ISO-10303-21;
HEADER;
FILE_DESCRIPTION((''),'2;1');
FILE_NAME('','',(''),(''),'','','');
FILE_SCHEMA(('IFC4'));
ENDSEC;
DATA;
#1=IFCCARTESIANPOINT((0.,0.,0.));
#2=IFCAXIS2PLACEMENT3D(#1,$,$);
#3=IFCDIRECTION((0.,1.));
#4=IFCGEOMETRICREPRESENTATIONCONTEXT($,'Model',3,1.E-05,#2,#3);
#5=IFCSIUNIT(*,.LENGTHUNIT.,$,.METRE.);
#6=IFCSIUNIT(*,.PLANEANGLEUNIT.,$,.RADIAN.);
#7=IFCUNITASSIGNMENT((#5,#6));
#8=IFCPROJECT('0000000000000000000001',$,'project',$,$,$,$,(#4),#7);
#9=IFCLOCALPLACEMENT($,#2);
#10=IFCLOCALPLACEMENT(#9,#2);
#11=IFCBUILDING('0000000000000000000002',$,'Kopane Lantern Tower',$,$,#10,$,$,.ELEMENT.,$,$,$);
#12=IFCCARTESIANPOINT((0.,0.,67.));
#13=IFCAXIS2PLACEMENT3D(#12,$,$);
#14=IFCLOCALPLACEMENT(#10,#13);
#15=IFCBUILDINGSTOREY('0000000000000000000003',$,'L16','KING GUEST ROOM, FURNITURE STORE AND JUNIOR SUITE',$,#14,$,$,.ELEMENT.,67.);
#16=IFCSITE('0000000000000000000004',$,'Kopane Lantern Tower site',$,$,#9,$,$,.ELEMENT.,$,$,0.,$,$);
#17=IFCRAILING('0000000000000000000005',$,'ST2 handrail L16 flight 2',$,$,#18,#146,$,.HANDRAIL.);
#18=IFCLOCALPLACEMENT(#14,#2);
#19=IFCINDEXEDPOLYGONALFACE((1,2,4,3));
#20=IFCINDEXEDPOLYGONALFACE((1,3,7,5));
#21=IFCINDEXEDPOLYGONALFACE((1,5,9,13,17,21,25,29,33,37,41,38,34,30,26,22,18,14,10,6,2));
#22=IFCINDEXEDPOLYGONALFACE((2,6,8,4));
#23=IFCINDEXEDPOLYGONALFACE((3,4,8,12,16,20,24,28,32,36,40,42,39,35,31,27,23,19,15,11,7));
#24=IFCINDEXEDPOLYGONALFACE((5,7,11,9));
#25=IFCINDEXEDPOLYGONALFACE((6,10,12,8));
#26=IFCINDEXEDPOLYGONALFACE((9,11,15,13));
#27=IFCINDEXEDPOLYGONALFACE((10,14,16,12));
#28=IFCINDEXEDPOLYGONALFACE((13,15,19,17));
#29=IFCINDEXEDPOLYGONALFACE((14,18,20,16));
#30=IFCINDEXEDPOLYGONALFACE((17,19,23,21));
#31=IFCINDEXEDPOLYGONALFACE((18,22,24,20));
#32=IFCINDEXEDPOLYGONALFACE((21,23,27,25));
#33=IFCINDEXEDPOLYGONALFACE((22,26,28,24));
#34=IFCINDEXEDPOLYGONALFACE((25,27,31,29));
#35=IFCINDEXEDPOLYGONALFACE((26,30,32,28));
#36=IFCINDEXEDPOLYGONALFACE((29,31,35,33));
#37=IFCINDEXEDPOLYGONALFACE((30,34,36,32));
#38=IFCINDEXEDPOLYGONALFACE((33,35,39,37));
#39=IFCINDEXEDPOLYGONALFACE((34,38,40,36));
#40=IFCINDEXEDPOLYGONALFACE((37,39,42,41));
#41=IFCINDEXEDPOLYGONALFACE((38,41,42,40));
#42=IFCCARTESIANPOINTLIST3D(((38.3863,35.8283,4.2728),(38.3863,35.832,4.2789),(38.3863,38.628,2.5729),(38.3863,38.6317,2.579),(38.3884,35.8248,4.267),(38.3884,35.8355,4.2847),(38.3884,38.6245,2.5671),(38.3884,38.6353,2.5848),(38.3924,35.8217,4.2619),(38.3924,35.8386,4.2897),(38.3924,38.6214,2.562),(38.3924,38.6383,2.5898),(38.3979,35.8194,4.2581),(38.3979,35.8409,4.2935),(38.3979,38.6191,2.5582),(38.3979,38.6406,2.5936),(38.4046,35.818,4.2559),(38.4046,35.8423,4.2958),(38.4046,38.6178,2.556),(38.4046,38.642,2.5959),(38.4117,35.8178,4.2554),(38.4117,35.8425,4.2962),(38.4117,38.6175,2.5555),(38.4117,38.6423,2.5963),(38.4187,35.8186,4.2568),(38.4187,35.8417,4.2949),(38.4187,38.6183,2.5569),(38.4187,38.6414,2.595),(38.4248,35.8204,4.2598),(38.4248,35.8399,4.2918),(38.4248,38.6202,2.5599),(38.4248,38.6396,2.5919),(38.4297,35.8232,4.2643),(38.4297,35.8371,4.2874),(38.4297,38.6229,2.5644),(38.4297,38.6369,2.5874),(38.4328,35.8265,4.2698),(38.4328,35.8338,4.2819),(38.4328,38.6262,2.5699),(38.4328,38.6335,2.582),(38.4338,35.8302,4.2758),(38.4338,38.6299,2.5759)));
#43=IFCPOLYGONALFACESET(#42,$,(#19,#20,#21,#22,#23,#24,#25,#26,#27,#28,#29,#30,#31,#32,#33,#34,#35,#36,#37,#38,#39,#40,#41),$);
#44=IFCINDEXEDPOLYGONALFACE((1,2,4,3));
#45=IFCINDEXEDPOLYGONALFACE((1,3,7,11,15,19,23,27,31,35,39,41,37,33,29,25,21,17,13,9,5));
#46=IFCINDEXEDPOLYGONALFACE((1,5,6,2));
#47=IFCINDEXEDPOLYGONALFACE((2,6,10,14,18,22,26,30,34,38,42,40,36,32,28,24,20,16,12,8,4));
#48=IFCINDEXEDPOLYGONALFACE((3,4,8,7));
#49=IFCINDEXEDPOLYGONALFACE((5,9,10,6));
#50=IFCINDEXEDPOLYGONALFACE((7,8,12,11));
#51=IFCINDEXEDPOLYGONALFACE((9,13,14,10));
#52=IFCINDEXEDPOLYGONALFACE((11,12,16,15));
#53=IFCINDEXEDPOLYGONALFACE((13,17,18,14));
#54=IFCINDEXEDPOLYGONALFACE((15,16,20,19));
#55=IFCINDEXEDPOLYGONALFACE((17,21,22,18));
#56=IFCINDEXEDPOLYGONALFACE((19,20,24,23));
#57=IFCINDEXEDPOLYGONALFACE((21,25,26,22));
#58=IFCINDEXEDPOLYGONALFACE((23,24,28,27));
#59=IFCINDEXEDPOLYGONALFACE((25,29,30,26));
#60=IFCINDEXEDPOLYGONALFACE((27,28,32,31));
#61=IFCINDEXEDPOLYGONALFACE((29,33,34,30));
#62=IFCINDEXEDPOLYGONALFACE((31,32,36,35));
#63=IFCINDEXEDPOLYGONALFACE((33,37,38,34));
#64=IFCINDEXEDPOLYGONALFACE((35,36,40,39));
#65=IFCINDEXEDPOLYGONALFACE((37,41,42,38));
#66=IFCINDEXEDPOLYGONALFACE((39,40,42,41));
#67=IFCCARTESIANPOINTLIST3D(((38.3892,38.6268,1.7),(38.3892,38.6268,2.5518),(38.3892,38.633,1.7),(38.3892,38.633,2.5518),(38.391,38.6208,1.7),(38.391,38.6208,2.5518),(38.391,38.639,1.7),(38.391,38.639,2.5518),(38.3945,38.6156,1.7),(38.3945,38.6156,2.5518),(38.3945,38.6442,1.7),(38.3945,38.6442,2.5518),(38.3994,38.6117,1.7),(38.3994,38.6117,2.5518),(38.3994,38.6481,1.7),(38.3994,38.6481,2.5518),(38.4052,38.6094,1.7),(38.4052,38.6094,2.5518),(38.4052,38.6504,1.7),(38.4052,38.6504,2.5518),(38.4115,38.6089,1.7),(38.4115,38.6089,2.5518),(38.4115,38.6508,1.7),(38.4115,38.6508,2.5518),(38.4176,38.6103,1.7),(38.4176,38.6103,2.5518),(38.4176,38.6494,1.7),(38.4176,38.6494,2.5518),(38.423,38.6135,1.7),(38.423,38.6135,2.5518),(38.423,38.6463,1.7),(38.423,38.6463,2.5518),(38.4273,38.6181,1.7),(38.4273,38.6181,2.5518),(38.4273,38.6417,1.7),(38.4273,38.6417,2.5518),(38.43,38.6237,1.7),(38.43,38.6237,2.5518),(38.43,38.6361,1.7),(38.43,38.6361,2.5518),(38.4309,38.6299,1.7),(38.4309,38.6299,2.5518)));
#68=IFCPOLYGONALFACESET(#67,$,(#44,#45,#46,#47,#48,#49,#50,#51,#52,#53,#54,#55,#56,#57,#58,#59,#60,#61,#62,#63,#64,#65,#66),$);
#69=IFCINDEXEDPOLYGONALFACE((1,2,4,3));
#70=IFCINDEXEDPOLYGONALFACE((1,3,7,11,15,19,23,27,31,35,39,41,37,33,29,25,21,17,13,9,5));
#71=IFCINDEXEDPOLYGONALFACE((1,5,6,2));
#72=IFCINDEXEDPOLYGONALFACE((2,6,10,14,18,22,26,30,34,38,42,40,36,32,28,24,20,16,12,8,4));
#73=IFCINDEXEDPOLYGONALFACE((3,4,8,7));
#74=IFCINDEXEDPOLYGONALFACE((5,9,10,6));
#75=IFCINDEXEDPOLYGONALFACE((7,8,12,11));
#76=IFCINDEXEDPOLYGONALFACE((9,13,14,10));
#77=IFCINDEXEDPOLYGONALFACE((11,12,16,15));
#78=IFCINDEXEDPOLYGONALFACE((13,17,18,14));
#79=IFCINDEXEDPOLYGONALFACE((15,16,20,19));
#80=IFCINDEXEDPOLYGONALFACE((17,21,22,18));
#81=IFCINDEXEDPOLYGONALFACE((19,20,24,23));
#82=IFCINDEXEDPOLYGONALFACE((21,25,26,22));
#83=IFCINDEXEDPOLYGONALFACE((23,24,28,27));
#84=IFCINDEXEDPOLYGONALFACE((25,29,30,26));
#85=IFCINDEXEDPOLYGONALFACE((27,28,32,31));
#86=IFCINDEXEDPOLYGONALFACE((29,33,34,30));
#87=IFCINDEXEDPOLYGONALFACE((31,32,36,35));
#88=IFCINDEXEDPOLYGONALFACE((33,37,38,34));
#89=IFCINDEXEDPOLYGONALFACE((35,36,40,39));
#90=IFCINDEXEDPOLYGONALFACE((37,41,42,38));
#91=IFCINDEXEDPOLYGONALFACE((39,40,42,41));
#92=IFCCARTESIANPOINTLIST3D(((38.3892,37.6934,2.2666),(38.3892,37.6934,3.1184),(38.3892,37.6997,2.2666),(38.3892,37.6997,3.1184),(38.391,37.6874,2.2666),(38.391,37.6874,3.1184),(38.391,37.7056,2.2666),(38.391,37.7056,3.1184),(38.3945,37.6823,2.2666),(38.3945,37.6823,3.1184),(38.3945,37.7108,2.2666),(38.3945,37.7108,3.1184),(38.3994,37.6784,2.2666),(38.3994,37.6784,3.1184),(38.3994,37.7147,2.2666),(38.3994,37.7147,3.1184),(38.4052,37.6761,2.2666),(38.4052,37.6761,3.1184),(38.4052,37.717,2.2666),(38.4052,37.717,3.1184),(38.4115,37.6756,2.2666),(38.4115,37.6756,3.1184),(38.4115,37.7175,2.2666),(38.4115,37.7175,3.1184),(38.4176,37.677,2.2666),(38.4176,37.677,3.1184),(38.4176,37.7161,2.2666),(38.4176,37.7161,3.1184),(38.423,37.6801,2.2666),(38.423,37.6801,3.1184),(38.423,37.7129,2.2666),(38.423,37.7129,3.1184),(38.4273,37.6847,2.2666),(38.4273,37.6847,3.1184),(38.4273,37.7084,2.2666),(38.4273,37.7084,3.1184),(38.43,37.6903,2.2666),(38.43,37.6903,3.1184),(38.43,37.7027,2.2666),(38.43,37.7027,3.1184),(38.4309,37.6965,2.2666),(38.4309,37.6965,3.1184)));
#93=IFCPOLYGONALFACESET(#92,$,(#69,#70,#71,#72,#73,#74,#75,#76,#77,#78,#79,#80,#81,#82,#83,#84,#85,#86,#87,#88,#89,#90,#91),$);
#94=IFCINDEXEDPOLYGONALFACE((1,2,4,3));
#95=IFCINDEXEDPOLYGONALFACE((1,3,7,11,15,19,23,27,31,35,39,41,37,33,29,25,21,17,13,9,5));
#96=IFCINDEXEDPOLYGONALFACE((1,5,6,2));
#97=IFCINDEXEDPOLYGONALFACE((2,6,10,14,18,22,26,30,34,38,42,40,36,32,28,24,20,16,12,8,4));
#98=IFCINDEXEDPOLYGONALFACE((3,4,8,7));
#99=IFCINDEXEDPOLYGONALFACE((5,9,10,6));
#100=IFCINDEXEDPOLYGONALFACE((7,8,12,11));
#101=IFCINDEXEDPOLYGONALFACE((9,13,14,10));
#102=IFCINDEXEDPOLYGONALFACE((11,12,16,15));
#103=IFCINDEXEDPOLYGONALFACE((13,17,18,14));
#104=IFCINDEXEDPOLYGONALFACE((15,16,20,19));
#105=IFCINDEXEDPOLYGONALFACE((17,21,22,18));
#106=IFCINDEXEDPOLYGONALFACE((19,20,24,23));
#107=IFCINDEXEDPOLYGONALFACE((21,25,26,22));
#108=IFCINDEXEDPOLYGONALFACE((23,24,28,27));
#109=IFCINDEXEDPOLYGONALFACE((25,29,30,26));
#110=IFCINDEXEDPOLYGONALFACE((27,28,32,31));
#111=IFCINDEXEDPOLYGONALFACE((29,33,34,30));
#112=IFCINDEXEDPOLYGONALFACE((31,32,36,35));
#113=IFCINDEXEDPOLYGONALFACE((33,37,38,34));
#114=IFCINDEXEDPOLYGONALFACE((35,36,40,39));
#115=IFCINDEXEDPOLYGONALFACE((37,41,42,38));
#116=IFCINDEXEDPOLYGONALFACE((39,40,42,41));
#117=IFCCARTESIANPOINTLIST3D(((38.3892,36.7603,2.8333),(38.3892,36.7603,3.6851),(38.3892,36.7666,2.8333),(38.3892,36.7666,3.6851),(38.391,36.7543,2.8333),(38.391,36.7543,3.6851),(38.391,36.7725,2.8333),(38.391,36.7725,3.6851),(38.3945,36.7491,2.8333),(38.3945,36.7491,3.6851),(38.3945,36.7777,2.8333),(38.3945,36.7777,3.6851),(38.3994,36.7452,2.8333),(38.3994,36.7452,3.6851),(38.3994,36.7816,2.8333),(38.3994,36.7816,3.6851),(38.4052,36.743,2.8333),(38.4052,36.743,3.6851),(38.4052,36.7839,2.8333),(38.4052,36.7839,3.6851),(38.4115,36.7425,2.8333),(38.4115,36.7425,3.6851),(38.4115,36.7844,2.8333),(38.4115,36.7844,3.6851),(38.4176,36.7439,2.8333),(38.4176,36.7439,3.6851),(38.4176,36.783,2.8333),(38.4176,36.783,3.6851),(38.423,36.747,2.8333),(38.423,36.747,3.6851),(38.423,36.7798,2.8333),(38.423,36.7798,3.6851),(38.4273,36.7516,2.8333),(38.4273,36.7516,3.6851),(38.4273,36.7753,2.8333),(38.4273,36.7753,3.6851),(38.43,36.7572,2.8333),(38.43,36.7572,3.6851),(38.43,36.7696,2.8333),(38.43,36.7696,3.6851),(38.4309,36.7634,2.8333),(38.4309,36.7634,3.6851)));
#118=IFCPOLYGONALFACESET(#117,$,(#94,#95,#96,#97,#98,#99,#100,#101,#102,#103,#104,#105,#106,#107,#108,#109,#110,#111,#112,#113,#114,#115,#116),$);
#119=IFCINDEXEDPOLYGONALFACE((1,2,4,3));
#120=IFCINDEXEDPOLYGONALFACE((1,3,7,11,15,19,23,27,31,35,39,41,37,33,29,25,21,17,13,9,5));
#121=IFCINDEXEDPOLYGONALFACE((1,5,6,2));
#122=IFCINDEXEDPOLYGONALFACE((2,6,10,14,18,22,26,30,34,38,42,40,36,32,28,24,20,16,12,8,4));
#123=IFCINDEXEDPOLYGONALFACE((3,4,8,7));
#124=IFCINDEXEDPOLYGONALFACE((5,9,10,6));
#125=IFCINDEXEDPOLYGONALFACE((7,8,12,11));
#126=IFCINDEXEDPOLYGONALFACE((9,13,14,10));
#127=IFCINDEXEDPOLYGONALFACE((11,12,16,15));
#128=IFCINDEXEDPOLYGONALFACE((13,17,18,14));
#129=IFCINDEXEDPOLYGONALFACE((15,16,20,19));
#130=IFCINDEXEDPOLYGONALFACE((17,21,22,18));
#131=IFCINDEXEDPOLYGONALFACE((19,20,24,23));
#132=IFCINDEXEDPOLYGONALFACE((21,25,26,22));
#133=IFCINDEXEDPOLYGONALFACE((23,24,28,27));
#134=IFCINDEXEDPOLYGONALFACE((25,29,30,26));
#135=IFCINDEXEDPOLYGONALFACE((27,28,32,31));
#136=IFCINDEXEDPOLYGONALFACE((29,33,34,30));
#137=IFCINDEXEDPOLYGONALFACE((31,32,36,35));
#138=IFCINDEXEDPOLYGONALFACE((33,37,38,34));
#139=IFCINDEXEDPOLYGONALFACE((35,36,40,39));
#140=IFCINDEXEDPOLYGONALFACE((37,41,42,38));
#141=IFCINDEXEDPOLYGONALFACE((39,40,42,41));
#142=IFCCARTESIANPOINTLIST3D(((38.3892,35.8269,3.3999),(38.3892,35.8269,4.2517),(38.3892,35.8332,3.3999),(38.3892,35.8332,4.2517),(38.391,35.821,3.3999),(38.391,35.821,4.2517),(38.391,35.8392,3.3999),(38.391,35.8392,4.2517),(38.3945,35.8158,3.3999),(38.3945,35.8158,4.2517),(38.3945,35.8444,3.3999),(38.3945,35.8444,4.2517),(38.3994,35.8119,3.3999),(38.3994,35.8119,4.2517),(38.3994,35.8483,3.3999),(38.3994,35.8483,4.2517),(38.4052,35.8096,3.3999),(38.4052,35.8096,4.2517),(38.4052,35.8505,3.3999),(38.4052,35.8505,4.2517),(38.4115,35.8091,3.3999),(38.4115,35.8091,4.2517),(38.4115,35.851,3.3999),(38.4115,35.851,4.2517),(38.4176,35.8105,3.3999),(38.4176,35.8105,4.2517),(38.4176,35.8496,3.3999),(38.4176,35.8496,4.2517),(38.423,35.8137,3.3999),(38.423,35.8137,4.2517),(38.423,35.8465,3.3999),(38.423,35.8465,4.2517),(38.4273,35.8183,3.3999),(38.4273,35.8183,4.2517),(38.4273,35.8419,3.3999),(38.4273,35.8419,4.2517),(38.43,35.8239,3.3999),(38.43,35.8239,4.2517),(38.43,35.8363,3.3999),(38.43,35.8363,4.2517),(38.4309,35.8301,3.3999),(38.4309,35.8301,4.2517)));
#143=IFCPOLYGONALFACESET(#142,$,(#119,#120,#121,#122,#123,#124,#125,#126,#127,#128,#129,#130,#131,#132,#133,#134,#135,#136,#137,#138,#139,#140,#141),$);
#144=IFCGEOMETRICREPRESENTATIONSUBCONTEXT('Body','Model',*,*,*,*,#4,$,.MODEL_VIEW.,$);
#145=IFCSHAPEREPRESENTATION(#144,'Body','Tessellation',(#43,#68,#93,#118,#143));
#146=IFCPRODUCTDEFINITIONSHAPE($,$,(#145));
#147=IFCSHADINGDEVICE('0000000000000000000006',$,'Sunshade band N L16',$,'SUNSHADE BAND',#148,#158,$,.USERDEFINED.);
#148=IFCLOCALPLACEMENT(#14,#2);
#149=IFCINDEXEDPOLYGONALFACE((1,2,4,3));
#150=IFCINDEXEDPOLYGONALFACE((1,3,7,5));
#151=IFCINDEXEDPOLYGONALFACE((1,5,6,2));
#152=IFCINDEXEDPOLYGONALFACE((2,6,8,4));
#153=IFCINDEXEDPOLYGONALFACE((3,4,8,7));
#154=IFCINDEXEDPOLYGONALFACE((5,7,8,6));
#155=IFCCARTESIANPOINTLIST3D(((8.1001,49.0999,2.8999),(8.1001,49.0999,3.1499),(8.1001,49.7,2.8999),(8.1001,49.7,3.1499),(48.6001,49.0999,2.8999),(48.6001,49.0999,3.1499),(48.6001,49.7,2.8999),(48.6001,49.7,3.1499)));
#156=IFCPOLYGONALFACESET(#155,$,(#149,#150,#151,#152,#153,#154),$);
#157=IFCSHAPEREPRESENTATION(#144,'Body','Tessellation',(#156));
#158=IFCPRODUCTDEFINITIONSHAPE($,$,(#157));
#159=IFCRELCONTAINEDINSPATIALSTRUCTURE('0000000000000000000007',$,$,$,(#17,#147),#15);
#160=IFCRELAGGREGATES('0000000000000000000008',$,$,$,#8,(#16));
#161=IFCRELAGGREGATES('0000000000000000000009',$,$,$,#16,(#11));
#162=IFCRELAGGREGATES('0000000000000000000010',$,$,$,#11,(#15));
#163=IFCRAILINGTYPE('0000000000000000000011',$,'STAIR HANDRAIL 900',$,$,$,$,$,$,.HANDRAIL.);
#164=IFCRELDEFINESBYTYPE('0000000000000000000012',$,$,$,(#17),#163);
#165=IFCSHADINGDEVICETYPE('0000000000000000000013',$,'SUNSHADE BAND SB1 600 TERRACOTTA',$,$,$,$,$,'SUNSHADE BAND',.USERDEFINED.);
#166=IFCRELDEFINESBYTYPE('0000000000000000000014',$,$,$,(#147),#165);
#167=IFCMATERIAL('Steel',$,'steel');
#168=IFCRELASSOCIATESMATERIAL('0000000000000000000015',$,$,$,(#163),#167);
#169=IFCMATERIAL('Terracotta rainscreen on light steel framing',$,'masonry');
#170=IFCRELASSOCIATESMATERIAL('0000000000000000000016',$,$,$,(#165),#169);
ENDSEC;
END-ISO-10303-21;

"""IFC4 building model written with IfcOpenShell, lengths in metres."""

from ifc_helpers import new_model, si_unit, direction, frame, origin, origin_2d, place, context, subcontext, project, spatial, rectangle, circle, extrude, material, type_object, element, save


model = new_model("IFC4")

# Units and contexts
model_context = context("Model", 3, precision=1e-05, world=origin(), true_north=direction((0.0, 1.0)))
body_context = subcontext(model_context, "Body", "Model", "MODEL_VIEW")
ifc_project = project(units=[si_unit("LENGTHUNIT", "METRE"), si_unit("PLANEANGLEUNIT", "RADIAN")], contexts=[model_context])

# Site, building, storey
site_placement = place(None, origin())
site = spatial("IfcSite", under=ifc_project, at=site_placement, Name="Kopane Lantern Tower site", CompositionType="ELEMENT", RefElevation=0.0)
building_placement = place(site_placement, origin())
building = spatial("IfcBuilding", under=site, at=building_placement, Name="Kopane Lantern Tower", CompositionType="ELEMENT")
storey_placement = place(building_placement, frame((0.0, 0.0, 67.0)))
storey = spatial("IfcBuildingStorey", under=building, at=storey_placement, Name="L16", Description="KING GUEST ROOM, FURNITURE STORE AND JUNIOR SUITE", CompositionType="ELEMENT", Elevation=67.0)

# Railing
ifc_material_1 = material(Name="Steel", Category="steel")
railing_type_1 = type_object("IfcRailingType", Name="STAIR HANDRAIL 900", PredefinedType="HANDRAIL", material=ifc_material_1)
for number, where, name in (
    (1, (38.4099, 38.6299, 1.7), "ST2 handrail L16 flight 2"),
):
    element("IfcRailing", number, at=place(storey_placement, frame(where)), inside=storey, type_object=railing_type_1, Name=name, PredefinedType="HANDRAIL", context=body_context, shape_type="SweptSolid", body=[
        extrude(circle(Radius=0.0239, at=origin_2d()), frame((0.0, 0.0, 0.876), z_axis=(0.0, -0.854778, 0.518994), x_axis=(1.0, 0.0, 0.0)), (0.0, 0.0, 1.0), 3.2754),
        extrude(circle(Radius=0.021, at=origin_2d()), origin(), (0.0, 0.0, 1.0), 0.8518),
        extrude(circle(Radius=0.021, at=origin_2d()), frame((0.0, -0.9333, 0.5667)), (0.0, 0.0, 1.0), 0.8518),
        extrude(circle(Radius=0.021, at=origin_2d()), frame((0.0, -1.8665, 1.1333)), (0.0, 0.0, 1.0), 0.8518),
        extrude(circle(Radius=0.021, at=origin_2d()), frame((0.0, -2.7998, 1.7)), (0.0, 0.0, 1.0), 0.8518),
    ])

# Shading device
ifc_material_2 = material(Name="Terracotta rainscreen on light steel framing", Category="masonry")
shading_device_type = type_object("IfcShadingDeviceType", Name="SUNSHADE BAND SB1 600 TERRACOTTA", ElementType="SUNSHADE BAND", PredefinedType="USERDEFINED", material=ifc_material_2)
shading_device_placement = place(storey_placement, frame((28.3501, 49.3999, 2.8999), z_axis=(0.0, 0.0, 1.0), x_axis=(-1.0, 0.0, 0.0)))
element("IfcShadingDevice", 2, at=shading_device_placement, inside=storey, type_object=shading_device_type, Name="Sunshade band N L16", ObjectType="SUNSHADE BAND", PredefinedType="USERDEFINED", context=body_context, shape_type="SweptSolid", body=[
    extrude(rectangle(XDim=40.5, YDim=0.6001, at=origin_2d()), origin(), (0.0, 0.0, 1.0), 0.25),
])

save(model, "model.ifc")
